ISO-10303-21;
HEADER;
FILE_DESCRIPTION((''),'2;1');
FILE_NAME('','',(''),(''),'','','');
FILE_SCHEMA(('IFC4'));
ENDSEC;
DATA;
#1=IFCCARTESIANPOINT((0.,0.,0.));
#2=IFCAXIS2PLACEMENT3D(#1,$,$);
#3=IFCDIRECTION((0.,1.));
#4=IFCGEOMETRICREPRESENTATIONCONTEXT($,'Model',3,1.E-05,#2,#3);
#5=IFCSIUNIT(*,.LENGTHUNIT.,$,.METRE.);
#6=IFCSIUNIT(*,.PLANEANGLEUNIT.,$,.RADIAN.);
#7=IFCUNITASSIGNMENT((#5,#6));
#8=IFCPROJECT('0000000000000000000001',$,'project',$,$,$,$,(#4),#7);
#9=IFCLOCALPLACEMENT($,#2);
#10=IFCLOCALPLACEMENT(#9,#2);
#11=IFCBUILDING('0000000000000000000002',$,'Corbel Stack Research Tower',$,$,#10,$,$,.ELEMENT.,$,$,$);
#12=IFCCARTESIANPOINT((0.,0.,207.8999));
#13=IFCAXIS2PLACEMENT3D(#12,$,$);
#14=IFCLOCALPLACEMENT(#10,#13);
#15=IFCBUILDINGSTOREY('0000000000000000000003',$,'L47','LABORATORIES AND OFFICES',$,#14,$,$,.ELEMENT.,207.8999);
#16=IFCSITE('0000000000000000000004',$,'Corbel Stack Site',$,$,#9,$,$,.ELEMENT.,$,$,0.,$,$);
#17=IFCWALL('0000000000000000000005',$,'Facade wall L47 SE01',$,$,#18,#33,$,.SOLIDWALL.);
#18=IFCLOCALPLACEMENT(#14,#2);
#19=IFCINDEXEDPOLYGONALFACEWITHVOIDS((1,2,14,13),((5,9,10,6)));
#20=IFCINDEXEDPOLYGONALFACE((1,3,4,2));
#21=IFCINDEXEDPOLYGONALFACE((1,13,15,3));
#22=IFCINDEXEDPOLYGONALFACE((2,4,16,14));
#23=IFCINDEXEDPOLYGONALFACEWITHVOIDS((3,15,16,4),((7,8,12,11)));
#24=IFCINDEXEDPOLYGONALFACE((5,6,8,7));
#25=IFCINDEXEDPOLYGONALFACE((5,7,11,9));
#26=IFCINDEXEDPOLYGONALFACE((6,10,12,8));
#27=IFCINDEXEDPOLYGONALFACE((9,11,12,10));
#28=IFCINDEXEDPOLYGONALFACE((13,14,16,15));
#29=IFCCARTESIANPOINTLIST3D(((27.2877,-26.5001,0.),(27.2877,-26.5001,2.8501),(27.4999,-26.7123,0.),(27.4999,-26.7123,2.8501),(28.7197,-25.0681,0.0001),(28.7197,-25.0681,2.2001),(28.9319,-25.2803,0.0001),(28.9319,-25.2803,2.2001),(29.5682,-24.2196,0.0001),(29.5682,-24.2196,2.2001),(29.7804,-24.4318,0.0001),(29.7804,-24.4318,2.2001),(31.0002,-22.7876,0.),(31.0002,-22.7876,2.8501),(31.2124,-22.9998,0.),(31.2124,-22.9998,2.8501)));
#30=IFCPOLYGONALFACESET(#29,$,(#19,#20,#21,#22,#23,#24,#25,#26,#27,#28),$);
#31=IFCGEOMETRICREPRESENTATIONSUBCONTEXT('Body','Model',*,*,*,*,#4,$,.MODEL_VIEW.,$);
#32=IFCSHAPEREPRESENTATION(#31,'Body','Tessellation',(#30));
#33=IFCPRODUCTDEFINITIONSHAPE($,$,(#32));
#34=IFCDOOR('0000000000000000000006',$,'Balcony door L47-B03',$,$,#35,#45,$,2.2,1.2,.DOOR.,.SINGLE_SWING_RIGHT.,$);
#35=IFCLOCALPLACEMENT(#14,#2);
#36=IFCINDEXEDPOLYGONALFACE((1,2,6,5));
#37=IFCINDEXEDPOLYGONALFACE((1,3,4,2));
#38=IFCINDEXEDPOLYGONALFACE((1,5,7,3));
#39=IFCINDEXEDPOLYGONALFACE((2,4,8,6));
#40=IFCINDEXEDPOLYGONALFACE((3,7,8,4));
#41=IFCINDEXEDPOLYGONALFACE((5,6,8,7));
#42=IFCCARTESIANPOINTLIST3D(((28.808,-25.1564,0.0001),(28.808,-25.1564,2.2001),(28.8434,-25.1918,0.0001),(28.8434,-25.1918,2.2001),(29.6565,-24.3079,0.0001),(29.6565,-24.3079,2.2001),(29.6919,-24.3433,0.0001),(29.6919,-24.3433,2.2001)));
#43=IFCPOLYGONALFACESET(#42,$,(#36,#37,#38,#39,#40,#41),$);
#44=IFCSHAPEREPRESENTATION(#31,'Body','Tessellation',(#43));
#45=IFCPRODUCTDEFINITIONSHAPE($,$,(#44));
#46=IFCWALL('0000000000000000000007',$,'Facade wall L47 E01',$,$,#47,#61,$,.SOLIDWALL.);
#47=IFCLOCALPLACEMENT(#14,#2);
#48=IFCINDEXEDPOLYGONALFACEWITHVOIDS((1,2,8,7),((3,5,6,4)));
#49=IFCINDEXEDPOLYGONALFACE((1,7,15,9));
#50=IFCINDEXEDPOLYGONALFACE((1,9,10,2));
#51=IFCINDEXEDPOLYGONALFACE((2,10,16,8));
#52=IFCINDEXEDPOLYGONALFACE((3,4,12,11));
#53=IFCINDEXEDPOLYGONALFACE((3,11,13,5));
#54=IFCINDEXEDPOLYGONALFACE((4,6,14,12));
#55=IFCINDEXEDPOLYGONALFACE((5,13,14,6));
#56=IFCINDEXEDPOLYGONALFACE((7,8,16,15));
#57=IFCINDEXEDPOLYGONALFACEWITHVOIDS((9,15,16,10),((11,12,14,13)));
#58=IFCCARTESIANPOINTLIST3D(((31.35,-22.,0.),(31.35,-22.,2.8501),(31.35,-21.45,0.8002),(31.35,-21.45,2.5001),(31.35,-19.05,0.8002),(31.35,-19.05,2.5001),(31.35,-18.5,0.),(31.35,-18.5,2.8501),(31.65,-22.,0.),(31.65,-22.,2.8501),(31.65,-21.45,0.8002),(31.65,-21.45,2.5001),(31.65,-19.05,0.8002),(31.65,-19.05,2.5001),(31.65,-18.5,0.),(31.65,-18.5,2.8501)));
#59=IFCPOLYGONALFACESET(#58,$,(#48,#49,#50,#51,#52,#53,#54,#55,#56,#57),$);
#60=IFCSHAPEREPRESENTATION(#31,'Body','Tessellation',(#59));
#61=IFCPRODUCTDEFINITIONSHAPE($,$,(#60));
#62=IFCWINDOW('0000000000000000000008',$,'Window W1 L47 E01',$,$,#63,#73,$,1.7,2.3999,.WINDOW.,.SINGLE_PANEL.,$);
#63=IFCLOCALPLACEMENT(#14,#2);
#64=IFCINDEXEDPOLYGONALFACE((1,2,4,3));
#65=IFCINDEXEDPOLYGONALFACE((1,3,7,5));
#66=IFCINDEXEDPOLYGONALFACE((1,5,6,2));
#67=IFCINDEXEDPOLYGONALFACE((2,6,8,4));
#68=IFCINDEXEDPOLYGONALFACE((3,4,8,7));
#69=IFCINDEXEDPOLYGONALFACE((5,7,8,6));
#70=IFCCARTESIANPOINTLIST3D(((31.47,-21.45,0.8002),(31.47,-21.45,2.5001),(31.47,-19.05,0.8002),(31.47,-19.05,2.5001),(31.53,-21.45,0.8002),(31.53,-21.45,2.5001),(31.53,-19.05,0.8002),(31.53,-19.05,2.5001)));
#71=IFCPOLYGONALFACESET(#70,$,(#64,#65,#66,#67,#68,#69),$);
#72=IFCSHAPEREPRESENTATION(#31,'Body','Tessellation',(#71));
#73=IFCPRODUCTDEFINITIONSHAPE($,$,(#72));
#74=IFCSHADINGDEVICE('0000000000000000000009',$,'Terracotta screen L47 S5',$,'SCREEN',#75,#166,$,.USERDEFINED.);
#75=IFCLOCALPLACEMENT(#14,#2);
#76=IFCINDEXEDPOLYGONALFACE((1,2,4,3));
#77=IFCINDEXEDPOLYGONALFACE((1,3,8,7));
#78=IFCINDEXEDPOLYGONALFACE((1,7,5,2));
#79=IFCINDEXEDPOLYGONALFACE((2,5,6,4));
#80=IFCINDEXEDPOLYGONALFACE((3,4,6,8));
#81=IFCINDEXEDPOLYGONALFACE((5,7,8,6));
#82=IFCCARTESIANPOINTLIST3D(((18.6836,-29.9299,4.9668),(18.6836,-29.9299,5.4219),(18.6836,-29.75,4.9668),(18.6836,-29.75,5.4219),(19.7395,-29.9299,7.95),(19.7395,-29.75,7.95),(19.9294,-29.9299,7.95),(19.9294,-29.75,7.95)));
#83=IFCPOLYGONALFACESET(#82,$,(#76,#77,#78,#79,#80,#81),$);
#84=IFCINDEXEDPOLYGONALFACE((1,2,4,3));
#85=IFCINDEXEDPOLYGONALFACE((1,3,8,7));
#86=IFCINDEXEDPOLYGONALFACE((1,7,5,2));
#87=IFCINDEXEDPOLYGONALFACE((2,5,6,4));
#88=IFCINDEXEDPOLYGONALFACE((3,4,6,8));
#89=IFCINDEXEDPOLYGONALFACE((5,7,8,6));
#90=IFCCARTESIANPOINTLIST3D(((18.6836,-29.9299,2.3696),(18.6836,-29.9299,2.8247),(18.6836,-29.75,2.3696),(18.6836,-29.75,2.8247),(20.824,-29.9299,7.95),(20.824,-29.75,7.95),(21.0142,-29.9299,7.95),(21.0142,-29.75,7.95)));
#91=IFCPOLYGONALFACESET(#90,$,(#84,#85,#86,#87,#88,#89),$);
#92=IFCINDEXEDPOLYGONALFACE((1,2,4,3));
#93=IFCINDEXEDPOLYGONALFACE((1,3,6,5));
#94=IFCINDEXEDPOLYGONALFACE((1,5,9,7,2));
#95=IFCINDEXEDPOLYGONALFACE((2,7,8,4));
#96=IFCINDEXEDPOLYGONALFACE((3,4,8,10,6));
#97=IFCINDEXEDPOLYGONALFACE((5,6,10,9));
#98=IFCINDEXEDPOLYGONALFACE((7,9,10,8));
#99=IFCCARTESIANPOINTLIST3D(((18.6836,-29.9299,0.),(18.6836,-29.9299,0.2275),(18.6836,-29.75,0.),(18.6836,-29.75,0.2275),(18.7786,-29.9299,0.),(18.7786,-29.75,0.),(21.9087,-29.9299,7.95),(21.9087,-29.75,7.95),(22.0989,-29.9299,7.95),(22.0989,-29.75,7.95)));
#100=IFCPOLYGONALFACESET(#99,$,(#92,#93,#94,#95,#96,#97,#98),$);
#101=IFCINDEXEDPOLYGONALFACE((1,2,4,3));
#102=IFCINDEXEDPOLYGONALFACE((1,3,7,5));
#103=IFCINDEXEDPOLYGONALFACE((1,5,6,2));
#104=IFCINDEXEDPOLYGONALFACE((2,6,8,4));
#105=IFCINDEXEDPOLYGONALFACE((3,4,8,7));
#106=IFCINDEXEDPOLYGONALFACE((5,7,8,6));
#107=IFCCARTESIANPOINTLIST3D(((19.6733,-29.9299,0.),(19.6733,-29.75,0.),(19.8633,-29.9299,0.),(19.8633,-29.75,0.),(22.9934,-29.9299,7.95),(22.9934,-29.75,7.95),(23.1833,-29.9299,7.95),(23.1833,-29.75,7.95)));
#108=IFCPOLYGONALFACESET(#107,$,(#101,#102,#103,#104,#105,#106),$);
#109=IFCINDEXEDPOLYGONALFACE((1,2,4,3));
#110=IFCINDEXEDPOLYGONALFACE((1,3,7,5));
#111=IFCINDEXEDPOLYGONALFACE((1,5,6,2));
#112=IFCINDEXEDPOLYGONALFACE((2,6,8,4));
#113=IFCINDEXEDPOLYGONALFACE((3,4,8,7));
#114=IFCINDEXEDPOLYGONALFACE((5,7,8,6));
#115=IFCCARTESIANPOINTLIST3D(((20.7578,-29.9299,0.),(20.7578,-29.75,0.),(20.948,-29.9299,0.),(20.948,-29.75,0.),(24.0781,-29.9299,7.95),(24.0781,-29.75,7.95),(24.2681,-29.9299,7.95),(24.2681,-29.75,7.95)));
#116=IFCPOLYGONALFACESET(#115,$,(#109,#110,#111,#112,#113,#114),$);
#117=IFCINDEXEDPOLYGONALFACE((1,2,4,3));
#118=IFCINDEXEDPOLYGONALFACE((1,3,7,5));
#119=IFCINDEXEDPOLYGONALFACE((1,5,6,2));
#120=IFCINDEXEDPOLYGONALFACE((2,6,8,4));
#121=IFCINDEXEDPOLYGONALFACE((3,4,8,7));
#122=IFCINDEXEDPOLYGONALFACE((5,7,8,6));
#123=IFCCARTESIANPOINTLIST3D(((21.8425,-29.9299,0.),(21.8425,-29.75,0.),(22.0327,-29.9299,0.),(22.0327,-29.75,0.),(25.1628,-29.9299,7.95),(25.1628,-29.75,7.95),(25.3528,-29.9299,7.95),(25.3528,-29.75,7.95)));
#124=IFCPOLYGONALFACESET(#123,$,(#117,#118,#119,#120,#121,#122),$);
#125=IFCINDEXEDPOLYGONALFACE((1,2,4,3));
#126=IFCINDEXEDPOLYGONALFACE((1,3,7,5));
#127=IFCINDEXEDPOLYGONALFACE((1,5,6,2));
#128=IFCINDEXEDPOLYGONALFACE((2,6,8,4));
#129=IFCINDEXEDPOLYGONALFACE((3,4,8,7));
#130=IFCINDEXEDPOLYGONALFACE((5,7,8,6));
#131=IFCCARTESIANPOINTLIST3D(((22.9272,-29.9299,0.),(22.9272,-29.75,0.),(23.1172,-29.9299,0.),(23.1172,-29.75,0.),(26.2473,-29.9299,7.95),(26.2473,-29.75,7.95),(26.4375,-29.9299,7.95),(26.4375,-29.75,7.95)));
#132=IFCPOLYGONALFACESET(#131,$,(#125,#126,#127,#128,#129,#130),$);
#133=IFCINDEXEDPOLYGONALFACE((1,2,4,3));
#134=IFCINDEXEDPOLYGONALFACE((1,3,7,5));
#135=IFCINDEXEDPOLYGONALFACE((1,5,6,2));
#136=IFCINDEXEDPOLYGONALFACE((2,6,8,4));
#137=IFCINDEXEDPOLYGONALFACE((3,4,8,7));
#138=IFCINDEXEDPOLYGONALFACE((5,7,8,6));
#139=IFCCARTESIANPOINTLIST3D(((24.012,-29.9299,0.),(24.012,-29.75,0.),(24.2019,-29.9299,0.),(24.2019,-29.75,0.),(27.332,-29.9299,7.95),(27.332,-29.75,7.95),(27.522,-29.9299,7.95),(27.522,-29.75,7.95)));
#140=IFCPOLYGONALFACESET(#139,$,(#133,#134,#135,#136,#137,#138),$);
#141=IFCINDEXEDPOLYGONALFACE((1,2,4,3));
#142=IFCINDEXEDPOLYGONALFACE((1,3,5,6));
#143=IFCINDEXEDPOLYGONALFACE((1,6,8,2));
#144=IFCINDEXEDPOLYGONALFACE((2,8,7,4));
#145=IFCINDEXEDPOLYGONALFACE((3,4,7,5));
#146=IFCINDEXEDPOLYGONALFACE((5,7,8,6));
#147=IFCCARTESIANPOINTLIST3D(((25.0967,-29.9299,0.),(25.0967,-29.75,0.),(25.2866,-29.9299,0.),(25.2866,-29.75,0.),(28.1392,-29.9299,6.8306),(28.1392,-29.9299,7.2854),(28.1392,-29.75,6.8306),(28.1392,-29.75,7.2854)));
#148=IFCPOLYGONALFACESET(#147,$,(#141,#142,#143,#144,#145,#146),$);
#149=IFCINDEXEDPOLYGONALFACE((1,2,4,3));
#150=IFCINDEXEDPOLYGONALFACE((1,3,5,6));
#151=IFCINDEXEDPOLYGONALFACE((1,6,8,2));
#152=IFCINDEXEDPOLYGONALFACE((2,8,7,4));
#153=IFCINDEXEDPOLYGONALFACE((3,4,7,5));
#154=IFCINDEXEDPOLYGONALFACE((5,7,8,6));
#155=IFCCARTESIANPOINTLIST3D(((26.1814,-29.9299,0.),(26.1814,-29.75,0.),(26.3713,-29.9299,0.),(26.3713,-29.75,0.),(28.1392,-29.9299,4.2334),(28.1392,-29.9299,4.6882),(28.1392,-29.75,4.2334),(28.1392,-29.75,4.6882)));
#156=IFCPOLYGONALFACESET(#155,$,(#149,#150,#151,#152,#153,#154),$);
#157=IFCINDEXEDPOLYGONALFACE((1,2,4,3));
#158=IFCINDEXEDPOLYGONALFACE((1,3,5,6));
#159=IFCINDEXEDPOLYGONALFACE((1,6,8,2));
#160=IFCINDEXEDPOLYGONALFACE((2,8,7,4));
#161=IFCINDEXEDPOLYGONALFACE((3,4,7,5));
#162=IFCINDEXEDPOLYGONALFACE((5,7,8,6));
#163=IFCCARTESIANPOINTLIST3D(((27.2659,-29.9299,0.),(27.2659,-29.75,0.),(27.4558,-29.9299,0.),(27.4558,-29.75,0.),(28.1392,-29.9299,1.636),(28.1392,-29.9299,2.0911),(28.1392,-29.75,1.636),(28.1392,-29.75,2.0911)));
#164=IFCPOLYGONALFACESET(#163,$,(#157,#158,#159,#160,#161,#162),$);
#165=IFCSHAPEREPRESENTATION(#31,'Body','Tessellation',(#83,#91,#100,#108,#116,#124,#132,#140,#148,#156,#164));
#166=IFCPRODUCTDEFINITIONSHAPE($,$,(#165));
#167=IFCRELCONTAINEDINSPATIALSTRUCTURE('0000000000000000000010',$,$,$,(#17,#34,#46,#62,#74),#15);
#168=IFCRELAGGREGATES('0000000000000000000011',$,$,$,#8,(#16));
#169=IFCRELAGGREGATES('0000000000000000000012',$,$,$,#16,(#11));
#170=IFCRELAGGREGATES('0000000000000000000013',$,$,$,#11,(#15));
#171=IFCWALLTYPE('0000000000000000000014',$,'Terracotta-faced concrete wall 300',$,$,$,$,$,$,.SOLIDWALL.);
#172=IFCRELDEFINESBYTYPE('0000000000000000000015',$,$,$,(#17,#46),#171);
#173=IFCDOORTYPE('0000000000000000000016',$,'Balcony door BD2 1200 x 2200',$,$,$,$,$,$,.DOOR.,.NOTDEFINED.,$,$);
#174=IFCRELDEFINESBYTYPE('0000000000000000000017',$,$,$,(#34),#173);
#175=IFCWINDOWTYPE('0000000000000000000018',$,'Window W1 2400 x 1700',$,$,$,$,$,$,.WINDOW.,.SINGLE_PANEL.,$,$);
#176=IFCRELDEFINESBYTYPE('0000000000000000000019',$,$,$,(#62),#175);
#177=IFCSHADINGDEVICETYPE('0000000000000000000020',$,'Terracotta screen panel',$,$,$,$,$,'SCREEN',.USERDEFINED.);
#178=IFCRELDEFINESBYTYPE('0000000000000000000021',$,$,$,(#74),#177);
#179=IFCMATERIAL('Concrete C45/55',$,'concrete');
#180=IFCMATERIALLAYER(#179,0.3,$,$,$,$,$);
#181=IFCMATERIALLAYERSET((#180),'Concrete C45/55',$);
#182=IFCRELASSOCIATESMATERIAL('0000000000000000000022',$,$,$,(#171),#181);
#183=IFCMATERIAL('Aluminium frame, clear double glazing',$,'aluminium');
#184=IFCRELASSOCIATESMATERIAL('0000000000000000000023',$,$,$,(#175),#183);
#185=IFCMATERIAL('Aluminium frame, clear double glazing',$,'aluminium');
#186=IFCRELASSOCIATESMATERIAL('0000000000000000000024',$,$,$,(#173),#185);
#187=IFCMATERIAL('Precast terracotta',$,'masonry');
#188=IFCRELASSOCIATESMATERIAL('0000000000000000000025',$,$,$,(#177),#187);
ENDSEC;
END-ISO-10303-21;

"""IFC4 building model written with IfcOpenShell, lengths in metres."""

from ifc_helpers import new_model, si_unit, direction, frame, frame_2d, origin, place, context, subcontext, project, spatial, polyline, rectangle, outline, extrude, source, transform, mapped, material, layer, layer_set, type_object, element, fill, save


model = new_model("IFC4")

# Units and contexts
model_context = context("Model", 3, precision=1e-05, world=origin(), true_north=direction((0.0, 1.0)))
body_context = subcontext(model_context, "Body", "Model", "MODEL_VIEW")
ifc_project = project(units=[si_unit("LENGTHUNIT", "METRE"), si_unit("PLANEANGLEUNIT", "RADIAN")], contexts=[model_context])

# Site, building, storey
site_placement = place(None, origin())
site = spatial("IfcSite", under=ifc_project, at=site_placement, Name="Corbel Stack Site", CompositionType="ELEMENT", RefElevation=0.0)
building_placement = place(site_placement, origin())
building = spatial("IfcBuilding", under=site, at=building_placement, Name="Corbel Stack Research Tower", CompositionType="ELEMENT")
storey_placement = place(building_placement, frame((0.0, 0.0, 207.8999)))
storey = spatial("IfcBuildingStorey", under=building, at=storey_placement, Name="L47", Description="LABORATORIES AND OFFICES", CompositionType="ELEMENT", Elevation=207.8999)

# Shared definitions
ifc_material_1 = material(Name="Concrete C45/55", Category="concrete")
ifc_layer_1 = layer(ifc_material_1, 0.3)
ifc_layer_set_1 = layer_set([ifc_layer_1], Name="Concrete C45/55")
wall_type_1 = type_object("IfcWallType", Name="Terracotta-faced concrete wall 300", PredefinedType="SOLIDWALL", material=ifc_layer_set_1)

# Shared definitions
ifc_material_2 = material(Name="Aluminium frame, clear double glazing", Category="aluminium")
window_type = type_object("IfcWindowType", Name="Window W1 2400 x 1700", PartitioningType="SINGLE_PANEL", PredefinedType="WINDOW", material=ifc_material_2)

# Wall, opening, door
wall_1_placement = place(storey_placement, frame((31.1062, -22.8938, 0.0), z_axis=(0.0, 0.0, 1.0), x_axis=(-0.707107, -0.707107, 0.0)))
wall_1 = element("IfcWall", 1, at=wall_1_placement, inside=storey, type_object=wall_type_1, Name="Facade wall L47 SE01", PredefinedType="SOLIDWALL", context=body_context, shape_type="SweptSolid", body=[
    extrude(rectangle(XDim=5.2502, YDim=0.3, at=frame_2d((2.625, 0.0))), origin(), (0.0, 0.0, 1.0), 2.8501),
])
opening_1_placement = place(wall_1_placement, frame((2.0249, 0.0, 0.0)))
opening_1 = element("IfcOpeningElement", 2, at=opening_1_placement, cuts=wall_1, PredefinedType="OPENING", context=body_context, shape_type="SweptSolid", body=[
    extrude(rectangle(XDim=1.2, YDim=2.2, at=frame_2d((0.6001, 1.1001))), frame((0.0, 0.1599, 0.0), z_axis=(0.0, -1.0, 0.0), x_axis=(1.0, 0.0, 0.0)), (0.0, 0.0, 1.0), 0.3201),
])
ifc_material_3 = material(Name="Aluminium frame, clear double glazing", Category="aluminium")
door_type_1 = type_object("IfcDoorType", Name="Balcony door BD2 1200 x 2200", OperationType="NOTDEFINED", PredefinedType="DOOR", material=ifc_material_3)
door_1_placement = place(opening_1_placement, origin())
door_1 = element("IfcDoor", 3, at=door_1_placement, inside=storey, type_object=door_type_1, Name="Balcony door L47-B03", OperationType="SINGLE_SWING_RIGHT", OverallHeight=2.2, OverallWidth=1.2, PredefinedType="DOOR", context=body_context, shape_type="SweptSolid", body=[
    extrude(rectangle(XDim=1.2, YDim=2.2, at=frame_2d((0.6001, 1.1001))), frame((0.0, 0.0249, 0.0), z_axis=(0.0, -1.0, 0.0), x_axis=(1.0, 0.0, 0.0)), (0.0, 0.0, 1.0), 0.05),
])
fill(opening_1, door_1)

# Wall, opening, window
wall_2_placement = place(storey_placement, frame((31.5, -18.5, 0.0), z_axis=(0.0, 0.0, 1.0), x_axis=(0.0, -1.0, 0.0)))
wall_2 = element("IfcWall", 4, at=wall_2_placement, inside=storey, type_object=wall_type_1, Name="Facade wall L47 E01", PredefinedType="SOLIDWALL", context=body_context, shape_type="SweptSolid", body=[
    extrude(rectangle(XDim=3.5, YDim=0.3, at=frame_2d((1.75, 0.0))), origin(), (0.0, 0.0, 1.0), 2.8501),
])
opening_2_placement = place(wall_2_placement, frame((0.55, 0.0, 0.8)))
opening_2 = element("IfcOpeningElement", 5, at=opening_2_placement, cuts=wall_2, PredefinedType="OPENING", context=body_context, shape_type="SweptSolid", body=[
    extrude(rectangle(XDim=2.3999, YDim=1.7, at=frame_2d((1.2, 0.8501))), frame((0.0, 0.1599, 0.0), z_axis=(0.0, -1.0, 0.0), x_axis=(1.0, 0.0, 0.0)), (0.0, 0.0, 1.0), 0.3201),
])
window_1_placement = place(opening_2_placement, origin())
window_1 = element("IfcWindow", 6, at=window_1_placement, inside=storey, type_object=window_type, Name="Window W1 L47 E01", OverallHeight=1.7, OverallWidth=2.3999, PartitioningType="SINGLE_PANEL", PredefinedType="WINDOW", context=body_context, shape_type="SweptSolid", body=[
    extrude(rectangle(XDim=2.3999, YDim=1.7, at=frame_2d((1.2, 0.8501))), frame((0.0, 0.03, 0.0), z_axis=(0.0, -1.0, 0.0), x_axis=(1.0, 0.0, 0.0)), (0.0, 0.0, 1.0), 0.0601),
])
fill(opening_2, window_1)

# Shading device
ifc_material_4 = material(Name="Precast terracotta", Category="masonry")
shading_device_type = type_object("IfcShadingDeviceType", Name="Terracotta screen panel", ElementType="SCREEN", PredefinedType="USERDEFINED", material=ifc_material_4)
shared_shape_1 = source(origin(), body_context, "Body", "SweptSolid", [
    extrude(outline(polyline([(1.2458, 7.95), (1.0559, 7.95), (0.0, 5.4219), (0.0, 4.9668), (1.2458, 7.95)])), frame((0.0, 0.0, 0.0), z_axis=(0.0, -1.0, 0.0), x_axis=(1.0, 0.0, 0.0)), (0.0, 0.0, 1.0), 0.1799),
    extrude(outline(polyline([(2.3306, 7.95), (2.1404, 7.95), (0.0, 2.8247), (0.0, 2.3696), (2.3306, 7.95)])), frame((0.0, 0.0, 0.0), z_axis=(0.0, -1.0, 0.0), x_axis=(1.0, 0.0, 0.0)), (0.0, 0.0, 1.0), 0.1799),
    extrude(outline(polyline([(0.095, 0.0), (3.4153, 7.95), (3.2251, 7.95), (0.0, 0.2275), (0.0, 0.0), (0.095, 0.0)])), frame((0.0, 0.0, 0.0), z_axis=(0.0, -1.0, 0.0), x_axis=(1.0, 0.0, 0.0)), (0.0, 0.0, 1.0), 0.1799),
    extrude(outline(polyline([(1.1797, 0.0), (4.4998, 7.95), (4.3098, 7.95), (0.9897, 0.0), (1.1797, 0.0)])), frame((0.0, 0.0, 0.0), z_axis=(0.0, -1.0, 0.0), x_axis=(1.0, 0.0, 0.0)), (0.0, 0.0, 1.0), 0.1799),
    extrude(outline(polyline([(2.2644, 0.0), (5.5845, 7.95), (5.3945, 7.95), (2.0742, 0.0), (2.2644, 0.0)])), frame((0.0, 0.0, 0.0), z_axis=(0.0, -1.0, 0.0), x_axis=(1.0, 0.0, 0.0)), (0.0, 0.0, 1.0), 0.1799),
    extrude(outline(polyline([(3.3491, 0.0), (6.6692, 7.95), (6.4792, 7.95), (3.1589, 0.0), (3.3491, 0.0)])), frame((0.0, 0.0, 0.0), z_axis=(0.0, -1.0, 0.0), x_axis=(1.0, 0.0, 0.0)), (0.0, 0.0, 1.0), 0.1799),
    extrude(outline(polyline([(4.4336, 0.0), (7.7539, 7.95), (7.5637, 7.95), (4.2437, 0.0), (4.4336, 0.0)])), frame((0.0, 0.0, 0.0), z_axis=(0.0, -1.0, 0.0), x_axis=(1.0, 0.0, 0.0)), (0.0, 0.0, 1.0), 0.1799),
    extrude(outline(polyline([(5.5183, 0.0), (8.8384, 7.95), (8.6484, 7.95), (5.3284, 0.0), (5.5183, 0.0)])), frame((0.0, 0.0, 0.0), z_axis=(0.0, -1.0, 0.0), x_axis=(1.0, 0.0, 0.0)), (0.0, 0.0, 1.0), 0.1799),
    extrude(outline(polyline([(6.603, 0.0), (9.4556, 6.8306), (9.4556, 7.2854), (6.4131, 0.0), (6.603, 0.0)])), frame((0.0, 0.0, 0.0), z_axis=(0.0, -1.0, 0.0), x_axis=(1.0, 0.0, 0.0)), (0.0, 0.0, 1.0), 0.1799),
    extrude(outline(polyline([(7.6877, 0.0), (9.4556, 4.2334), (9.4556, 4.6882), (7.4978, 0.0), (7.6877, 0.0)])), frame((0.0, 0.0, 0.0), z_axis=(0.0, -1.0, 0.0), x_axis=(1.0, 0.0, 0.0)), (0.0, 0.0, 1.0), 0.1799),
    extrude(outline(polyline([(8.7722, 0.0), (9.4556, 1.636), (9.4556, 2.0911), (8.5823, 0.0), (8.7722, 0.0)])), frame((0.0, 0.0, 0.0), z_axis=(0.0, -1.0, 0.0), x_axis=(1.0, 0.0, 0.0)), (0.0, 0.0, 1.0), 0.1799),
])
shading_device_1_placement = place(storey_placement, frame((18.6836, -29.75, 0.0), z_axis=(0.0, 0.0, 1.0), x_axis=(1.0, 0.0, 0.0)))
element("IfcShadingDevice", 7, at=shading_device_1_placement, inside=storey, type_object=shading_device_type, Name="Terracotta screen L47 S5", ObjectType="SCREEN", PredefinedType="USERDEFINED", context=body_context, shape_type="MappedRepresentation", body=[
    mapped(shared_shape_1, transform((0.0, 0.0, 0.0))),
])

save(model, "model.ifc")
